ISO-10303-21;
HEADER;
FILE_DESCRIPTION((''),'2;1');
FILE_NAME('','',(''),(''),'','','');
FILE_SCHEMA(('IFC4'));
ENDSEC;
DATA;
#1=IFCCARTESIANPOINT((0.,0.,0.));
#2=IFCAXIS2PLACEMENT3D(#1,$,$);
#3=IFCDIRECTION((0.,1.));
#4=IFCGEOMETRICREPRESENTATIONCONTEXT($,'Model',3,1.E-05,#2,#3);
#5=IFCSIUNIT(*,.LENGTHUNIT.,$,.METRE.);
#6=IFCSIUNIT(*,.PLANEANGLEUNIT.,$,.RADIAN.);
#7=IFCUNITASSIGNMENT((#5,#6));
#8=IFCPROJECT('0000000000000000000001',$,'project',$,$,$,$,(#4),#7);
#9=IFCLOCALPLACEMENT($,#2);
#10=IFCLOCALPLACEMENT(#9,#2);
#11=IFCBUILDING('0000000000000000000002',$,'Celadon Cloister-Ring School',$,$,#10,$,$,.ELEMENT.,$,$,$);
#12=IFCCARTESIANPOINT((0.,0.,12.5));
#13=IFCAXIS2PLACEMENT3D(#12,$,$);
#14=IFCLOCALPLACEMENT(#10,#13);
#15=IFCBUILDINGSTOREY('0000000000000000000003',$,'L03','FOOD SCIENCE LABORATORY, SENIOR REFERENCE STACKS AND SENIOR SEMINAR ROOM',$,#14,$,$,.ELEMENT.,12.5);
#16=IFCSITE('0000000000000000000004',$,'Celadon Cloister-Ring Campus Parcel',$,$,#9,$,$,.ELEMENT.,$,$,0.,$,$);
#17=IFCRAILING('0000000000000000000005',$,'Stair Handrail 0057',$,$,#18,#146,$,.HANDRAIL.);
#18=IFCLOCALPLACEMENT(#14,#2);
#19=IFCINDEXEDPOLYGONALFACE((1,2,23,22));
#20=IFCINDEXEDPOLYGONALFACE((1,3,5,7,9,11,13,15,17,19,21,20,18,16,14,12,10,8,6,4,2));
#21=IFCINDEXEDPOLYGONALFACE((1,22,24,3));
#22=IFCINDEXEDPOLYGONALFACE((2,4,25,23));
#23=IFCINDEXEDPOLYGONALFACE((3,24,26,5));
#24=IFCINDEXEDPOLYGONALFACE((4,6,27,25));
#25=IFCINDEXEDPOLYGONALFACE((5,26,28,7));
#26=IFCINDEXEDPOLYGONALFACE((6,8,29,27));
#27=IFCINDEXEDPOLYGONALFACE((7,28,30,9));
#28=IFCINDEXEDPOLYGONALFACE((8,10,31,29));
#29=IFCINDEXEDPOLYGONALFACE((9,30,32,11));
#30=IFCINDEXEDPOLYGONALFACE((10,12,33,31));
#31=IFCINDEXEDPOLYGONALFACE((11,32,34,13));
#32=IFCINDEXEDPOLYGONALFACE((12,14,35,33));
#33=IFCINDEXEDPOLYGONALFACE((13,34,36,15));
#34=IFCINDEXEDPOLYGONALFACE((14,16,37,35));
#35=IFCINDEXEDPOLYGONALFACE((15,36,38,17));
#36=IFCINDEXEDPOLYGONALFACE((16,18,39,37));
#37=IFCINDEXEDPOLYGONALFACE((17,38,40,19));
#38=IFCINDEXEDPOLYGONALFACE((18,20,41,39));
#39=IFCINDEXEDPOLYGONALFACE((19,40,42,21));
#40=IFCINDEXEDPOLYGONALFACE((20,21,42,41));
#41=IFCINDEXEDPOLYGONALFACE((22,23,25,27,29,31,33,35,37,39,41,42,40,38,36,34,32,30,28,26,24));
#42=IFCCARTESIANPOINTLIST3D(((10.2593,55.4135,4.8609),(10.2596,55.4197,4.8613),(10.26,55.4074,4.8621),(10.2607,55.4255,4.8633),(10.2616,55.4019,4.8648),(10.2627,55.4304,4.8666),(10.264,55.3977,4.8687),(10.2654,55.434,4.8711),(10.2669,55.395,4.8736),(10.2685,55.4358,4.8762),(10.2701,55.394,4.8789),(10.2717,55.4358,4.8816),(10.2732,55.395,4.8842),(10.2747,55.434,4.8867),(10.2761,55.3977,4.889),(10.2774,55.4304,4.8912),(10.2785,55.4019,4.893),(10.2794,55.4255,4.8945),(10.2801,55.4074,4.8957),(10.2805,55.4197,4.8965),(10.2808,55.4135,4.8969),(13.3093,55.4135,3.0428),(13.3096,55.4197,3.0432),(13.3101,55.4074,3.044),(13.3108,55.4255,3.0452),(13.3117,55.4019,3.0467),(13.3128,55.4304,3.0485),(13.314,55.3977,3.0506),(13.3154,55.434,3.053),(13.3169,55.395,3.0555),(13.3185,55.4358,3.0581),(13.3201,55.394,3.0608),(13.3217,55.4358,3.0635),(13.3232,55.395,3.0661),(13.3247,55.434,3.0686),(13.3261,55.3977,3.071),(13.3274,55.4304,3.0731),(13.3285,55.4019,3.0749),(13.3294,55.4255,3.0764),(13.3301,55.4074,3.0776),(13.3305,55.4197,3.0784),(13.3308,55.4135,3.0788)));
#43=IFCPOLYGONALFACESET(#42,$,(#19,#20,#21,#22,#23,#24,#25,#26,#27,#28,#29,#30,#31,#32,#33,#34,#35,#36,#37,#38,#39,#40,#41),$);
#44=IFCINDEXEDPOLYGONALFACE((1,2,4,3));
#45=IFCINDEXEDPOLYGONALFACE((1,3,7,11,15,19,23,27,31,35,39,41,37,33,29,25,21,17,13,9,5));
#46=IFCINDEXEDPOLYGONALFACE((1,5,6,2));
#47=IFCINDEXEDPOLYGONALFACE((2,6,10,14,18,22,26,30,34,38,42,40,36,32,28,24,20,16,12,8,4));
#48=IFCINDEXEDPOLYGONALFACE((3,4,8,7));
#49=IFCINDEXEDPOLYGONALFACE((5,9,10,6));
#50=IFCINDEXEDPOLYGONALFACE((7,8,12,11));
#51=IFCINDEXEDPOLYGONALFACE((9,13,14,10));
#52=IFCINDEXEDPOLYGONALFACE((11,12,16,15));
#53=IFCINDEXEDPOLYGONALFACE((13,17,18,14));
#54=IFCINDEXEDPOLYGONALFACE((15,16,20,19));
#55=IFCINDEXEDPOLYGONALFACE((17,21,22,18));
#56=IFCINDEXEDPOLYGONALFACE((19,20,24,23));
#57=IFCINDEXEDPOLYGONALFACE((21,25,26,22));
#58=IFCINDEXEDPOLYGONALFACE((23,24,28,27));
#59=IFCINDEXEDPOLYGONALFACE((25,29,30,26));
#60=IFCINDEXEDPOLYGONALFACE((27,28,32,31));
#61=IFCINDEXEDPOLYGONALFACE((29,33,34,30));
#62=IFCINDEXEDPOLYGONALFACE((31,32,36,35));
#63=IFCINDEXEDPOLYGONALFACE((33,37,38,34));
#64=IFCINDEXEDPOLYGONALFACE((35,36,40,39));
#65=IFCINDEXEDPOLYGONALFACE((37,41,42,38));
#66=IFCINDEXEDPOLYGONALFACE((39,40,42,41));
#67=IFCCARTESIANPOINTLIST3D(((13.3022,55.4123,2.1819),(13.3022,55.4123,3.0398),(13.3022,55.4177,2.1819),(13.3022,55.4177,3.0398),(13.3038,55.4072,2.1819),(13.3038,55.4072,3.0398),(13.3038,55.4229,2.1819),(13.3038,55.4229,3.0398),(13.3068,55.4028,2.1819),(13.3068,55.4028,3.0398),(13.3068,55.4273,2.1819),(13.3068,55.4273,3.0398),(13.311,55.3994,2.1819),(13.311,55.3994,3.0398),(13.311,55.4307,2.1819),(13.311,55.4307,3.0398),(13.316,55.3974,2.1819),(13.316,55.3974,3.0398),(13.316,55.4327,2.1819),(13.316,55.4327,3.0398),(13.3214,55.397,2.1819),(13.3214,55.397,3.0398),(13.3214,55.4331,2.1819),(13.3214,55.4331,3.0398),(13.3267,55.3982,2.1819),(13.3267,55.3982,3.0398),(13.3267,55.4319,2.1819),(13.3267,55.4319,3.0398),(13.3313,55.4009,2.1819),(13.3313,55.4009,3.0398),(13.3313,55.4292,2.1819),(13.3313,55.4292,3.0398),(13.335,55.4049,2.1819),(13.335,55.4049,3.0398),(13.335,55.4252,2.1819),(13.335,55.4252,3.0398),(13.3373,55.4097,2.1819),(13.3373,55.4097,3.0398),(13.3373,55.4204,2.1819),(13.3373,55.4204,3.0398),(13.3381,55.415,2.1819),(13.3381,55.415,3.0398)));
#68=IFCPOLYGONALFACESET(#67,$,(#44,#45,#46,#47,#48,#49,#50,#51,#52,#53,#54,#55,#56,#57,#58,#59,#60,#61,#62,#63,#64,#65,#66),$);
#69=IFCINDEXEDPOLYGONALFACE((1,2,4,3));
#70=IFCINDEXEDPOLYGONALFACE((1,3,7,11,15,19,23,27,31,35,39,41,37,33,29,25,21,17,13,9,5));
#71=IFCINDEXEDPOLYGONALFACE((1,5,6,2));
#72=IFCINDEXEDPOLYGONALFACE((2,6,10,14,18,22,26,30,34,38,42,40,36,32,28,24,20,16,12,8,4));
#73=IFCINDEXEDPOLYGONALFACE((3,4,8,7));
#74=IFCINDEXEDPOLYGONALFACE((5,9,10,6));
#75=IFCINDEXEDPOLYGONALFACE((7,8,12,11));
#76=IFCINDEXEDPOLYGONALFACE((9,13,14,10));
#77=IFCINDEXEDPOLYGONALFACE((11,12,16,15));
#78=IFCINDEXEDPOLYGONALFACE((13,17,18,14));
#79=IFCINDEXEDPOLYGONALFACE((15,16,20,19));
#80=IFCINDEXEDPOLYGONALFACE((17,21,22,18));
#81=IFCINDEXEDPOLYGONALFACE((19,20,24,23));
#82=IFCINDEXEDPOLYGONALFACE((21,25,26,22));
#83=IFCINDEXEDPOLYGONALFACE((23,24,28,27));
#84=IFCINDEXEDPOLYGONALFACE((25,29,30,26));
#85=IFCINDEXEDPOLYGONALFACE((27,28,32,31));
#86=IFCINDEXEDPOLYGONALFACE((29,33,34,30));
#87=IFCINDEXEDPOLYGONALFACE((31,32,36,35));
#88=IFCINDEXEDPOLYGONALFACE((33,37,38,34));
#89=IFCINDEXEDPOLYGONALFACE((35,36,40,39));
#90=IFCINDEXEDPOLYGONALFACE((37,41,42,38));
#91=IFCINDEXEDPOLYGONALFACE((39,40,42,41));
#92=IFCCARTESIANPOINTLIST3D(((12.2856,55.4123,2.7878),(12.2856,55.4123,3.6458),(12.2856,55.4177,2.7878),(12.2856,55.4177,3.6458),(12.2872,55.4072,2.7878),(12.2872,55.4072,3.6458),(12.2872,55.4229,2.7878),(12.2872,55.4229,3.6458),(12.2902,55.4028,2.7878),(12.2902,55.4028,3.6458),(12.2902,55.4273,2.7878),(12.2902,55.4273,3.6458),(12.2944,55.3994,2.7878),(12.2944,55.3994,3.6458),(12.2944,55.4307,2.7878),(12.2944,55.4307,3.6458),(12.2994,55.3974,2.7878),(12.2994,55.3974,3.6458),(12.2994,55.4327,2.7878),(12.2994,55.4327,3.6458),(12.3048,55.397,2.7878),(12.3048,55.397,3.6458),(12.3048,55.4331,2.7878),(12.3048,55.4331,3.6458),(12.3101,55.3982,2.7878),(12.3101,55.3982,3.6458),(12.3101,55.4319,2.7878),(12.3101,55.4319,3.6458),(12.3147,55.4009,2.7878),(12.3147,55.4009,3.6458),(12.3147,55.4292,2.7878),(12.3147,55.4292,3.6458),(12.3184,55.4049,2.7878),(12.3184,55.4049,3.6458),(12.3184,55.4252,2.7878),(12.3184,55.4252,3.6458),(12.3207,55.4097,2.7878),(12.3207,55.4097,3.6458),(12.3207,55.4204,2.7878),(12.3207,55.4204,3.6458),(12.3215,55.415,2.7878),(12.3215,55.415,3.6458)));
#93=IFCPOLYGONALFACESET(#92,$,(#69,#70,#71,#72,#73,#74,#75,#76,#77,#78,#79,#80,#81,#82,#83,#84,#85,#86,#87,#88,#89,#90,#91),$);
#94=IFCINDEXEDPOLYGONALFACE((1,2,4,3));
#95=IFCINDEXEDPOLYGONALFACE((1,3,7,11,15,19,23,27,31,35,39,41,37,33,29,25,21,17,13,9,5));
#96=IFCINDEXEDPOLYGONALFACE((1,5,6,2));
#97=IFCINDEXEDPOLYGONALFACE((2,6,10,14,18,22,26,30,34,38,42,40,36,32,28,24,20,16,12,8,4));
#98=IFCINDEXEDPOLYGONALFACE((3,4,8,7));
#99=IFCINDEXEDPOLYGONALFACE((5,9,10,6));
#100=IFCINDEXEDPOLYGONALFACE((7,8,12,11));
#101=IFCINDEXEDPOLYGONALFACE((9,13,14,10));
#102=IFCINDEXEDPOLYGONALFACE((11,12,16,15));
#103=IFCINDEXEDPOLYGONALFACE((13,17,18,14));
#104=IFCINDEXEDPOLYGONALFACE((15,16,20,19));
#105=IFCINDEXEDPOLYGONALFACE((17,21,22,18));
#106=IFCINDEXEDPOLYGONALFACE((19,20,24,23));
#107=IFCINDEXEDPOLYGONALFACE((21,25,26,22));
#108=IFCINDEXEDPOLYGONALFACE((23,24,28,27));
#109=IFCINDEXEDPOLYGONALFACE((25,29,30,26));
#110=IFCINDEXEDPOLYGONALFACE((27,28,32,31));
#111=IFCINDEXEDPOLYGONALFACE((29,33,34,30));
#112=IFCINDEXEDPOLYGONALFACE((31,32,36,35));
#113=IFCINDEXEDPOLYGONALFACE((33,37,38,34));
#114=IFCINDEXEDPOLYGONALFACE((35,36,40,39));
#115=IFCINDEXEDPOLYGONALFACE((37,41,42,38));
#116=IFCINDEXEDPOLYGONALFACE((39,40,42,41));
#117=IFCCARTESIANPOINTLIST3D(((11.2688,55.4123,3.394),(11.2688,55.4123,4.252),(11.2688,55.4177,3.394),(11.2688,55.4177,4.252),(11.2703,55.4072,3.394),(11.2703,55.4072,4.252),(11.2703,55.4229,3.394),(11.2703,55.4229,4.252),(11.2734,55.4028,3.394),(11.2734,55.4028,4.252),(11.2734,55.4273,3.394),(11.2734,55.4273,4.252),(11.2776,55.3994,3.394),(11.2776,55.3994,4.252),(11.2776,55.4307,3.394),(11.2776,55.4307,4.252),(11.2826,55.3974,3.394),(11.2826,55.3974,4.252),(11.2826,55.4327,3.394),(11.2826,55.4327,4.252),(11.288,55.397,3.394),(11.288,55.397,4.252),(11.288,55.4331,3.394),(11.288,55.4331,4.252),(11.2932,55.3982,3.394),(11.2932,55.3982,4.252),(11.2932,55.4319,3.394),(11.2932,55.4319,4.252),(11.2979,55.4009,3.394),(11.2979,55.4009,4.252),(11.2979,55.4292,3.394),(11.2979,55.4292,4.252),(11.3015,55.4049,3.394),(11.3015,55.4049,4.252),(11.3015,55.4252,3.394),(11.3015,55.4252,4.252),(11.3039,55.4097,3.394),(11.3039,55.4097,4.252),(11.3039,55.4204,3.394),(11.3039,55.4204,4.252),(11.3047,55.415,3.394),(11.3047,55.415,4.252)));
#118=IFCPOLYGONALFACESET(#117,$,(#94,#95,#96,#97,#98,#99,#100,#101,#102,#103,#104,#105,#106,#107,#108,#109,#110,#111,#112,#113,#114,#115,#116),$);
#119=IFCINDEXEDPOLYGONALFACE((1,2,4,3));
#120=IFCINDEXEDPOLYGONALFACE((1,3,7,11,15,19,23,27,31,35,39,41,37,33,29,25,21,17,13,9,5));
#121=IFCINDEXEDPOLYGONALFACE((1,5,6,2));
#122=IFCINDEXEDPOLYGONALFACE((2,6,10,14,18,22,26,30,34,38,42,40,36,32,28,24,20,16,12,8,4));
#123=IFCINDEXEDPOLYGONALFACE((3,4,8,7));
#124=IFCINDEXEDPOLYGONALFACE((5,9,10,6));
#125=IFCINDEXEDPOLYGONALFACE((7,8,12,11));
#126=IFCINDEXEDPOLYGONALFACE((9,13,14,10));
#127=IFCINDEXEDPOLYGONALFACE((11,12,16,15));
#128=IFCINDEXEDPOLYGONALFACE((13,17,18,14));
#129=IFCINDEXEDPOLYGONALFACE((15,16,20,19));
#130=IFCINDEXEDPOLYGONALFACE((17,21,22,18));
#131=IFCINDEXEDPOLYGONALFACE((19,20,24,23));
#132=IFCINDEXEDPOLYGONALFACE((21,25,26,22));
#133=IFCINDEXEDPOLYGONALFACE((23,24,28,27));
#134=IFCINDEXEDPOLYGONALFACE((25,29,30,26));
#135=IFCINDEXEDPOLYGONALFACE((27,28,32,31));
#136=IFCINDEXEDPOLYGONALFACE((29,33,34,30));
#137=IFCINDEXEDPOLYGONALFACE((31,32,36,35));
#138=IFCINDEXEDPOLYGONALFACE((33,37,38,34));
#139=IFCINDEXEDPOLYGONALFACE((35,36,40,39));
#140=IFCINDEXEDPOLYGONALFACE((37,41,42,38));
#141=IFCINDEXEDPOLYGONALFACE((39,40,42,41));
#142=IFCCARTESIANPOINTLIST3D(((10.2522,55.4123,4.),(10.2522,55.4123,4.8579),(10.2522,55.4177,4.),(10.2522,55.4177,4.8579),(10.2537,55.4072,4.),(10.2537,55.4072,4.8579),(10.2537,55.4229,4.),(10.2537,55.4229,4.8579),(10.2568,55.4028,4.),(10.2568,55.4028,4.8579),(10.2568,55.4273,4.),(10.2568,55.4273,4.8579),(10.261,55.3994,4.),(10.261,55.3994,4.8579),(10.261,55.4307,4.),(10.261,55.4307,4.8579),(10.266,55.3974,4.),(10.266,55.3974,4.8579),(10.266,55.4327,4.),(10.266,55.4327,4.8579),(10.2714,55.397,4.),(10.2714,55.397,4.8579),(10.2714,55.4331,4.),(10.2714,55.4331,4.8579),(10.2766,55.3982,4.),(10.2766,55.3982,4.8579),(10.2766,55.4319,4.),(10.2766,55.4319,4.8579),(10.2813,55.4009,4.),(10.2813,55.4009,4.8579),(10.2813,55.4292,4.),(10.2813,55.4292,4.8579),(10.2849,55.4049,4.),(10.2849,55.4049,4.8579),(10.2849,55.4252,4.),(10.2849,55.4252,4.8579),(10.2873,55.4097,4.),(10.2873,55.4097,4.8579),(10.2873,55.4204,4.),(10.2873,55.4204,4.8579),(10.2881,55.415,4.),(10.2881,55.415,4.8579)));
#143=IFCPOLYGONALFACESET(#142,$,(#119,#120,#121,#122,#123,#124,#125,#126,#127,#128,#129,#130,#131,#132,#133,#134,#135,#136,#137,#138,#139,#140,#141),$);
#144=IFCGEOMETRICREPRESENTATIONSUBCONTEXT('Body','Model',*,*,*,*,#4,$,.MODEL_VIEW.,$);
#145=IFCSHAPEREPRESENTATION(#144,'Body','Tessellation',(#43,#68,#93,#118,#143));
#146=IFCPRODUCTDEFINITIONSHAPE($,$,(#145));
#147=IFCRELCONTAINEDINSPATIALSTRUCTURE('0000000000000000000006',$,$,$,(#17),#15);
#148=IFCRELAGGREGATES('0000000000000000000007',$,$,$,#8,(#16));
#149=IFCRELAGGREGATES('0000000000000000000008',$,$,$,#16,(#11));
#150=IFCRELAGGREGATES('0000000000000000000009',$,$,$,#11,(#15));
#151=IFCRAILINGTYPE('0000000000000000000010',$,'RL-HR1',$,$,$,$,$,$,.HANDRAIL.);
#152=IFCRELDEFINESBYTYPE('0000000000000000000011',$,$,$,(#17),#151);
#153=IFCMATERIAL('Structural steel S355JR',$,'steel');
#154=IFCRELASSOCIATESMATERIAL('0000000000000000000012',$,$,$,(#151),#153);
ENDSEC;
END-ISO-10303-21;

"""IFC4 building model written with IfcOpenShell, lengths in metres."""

from ifc_helpers import new_model, si_unit, direction, frame, origin, origin_2d, place, context, subcontext, project, spatial, circle, extrude, material, type_object, element, save


model = new_model("IFC4")

# Units and contexts
model_context = context("Model", 3, precision=1e-05, world=origin(), true_north=direction((0.0, 1.0)))
body_context = subcontext(model_context, "Body", "Model", "MODEL_VIEW")
ifc_project = project(units=[si_unit("LENGTHUNIT", "METRE"), si_unit("PLANEANGLEUNIT", "RADIAN")], contexts=[model_context])

# Site, building, storey
site_placement = place(None, origin())
site = spatial("IfcSite", under=ifc_project, at=site_placement, Name="Celadon Cloister-Ring Campus Parcel", CompositionType="ELEMENT", RefElevation=0.0)
building_placement = place(site_placement, origin())
building = spatial("IfcBuilding", under=site, at=building_placement, Name="Celadon Cloister-Ring School", CompositionType="ELEMENT")
storey_placement = place(building_placement, frame((0.0, 0.0, 12.5)))
storey = spatial("IfcBuildingStorey", under=building, at=storey_placement, Name="L03", Description="FOOD SCIENCE LABORATORY, SENIOR REFERENCE STACKS AND SENIOR SEMINAR ROOM", CompositionType="ELEMENT", Elevation=12.5)

# Railing
ifc_material_1 = material(Name="Structural steel S355JR", Category="steel")
railing_type_1 = type_object("IfcRailingType", Name="RL-HR1", PredefinedType="HANDRAIL", material=ifc_material_1)
for number, where, name in (
    (1, (13.3201, 55.415, 2.1819), "Stair Handrail 0057"),
):
    element("IfcRailing", number, at=place(storey_placement, frame(where)), inside=storey, type_object=railing_type_1, Name=name, PredefinedType="HANDRAIL", context=body_context, shape_type="SweptSolid", body=[
        extrude(circle(Radius=0.021, at=origin_2d()), frame((0.0, 0.0, 0.8789), z_axis=(-0.85897, 0.0, 0.512026), x_axis=(0.0, -1.0, 0.0)), (0.0, 0.0, 1.0), 3.5508),
        extrude(circle(Radius=0.0181, at=origin_2d()), origin(), (0.0, 0.0, 1.0), 0.8579),
        extrude(circle(Radius=0.0181, at=origin_2d()), frame((-1.0166, 0.0, 0.606)), (0.0, 0.0, 1.0), 0.8579),
        extrude(circle(Radius=0.0181, at=origin_2d()), frame((-2.0334, 0.0, 1.2122)), (0.0, 0.0, 1.0), 0.8579),
        extrude(circle(Radius=0.0181, at=origin_2d()), frame((-3.05, 0.0, 1.8181)), (0.0, 0.0, 1.0), 0.8579),
    ])

save(model, "model.ifc")
